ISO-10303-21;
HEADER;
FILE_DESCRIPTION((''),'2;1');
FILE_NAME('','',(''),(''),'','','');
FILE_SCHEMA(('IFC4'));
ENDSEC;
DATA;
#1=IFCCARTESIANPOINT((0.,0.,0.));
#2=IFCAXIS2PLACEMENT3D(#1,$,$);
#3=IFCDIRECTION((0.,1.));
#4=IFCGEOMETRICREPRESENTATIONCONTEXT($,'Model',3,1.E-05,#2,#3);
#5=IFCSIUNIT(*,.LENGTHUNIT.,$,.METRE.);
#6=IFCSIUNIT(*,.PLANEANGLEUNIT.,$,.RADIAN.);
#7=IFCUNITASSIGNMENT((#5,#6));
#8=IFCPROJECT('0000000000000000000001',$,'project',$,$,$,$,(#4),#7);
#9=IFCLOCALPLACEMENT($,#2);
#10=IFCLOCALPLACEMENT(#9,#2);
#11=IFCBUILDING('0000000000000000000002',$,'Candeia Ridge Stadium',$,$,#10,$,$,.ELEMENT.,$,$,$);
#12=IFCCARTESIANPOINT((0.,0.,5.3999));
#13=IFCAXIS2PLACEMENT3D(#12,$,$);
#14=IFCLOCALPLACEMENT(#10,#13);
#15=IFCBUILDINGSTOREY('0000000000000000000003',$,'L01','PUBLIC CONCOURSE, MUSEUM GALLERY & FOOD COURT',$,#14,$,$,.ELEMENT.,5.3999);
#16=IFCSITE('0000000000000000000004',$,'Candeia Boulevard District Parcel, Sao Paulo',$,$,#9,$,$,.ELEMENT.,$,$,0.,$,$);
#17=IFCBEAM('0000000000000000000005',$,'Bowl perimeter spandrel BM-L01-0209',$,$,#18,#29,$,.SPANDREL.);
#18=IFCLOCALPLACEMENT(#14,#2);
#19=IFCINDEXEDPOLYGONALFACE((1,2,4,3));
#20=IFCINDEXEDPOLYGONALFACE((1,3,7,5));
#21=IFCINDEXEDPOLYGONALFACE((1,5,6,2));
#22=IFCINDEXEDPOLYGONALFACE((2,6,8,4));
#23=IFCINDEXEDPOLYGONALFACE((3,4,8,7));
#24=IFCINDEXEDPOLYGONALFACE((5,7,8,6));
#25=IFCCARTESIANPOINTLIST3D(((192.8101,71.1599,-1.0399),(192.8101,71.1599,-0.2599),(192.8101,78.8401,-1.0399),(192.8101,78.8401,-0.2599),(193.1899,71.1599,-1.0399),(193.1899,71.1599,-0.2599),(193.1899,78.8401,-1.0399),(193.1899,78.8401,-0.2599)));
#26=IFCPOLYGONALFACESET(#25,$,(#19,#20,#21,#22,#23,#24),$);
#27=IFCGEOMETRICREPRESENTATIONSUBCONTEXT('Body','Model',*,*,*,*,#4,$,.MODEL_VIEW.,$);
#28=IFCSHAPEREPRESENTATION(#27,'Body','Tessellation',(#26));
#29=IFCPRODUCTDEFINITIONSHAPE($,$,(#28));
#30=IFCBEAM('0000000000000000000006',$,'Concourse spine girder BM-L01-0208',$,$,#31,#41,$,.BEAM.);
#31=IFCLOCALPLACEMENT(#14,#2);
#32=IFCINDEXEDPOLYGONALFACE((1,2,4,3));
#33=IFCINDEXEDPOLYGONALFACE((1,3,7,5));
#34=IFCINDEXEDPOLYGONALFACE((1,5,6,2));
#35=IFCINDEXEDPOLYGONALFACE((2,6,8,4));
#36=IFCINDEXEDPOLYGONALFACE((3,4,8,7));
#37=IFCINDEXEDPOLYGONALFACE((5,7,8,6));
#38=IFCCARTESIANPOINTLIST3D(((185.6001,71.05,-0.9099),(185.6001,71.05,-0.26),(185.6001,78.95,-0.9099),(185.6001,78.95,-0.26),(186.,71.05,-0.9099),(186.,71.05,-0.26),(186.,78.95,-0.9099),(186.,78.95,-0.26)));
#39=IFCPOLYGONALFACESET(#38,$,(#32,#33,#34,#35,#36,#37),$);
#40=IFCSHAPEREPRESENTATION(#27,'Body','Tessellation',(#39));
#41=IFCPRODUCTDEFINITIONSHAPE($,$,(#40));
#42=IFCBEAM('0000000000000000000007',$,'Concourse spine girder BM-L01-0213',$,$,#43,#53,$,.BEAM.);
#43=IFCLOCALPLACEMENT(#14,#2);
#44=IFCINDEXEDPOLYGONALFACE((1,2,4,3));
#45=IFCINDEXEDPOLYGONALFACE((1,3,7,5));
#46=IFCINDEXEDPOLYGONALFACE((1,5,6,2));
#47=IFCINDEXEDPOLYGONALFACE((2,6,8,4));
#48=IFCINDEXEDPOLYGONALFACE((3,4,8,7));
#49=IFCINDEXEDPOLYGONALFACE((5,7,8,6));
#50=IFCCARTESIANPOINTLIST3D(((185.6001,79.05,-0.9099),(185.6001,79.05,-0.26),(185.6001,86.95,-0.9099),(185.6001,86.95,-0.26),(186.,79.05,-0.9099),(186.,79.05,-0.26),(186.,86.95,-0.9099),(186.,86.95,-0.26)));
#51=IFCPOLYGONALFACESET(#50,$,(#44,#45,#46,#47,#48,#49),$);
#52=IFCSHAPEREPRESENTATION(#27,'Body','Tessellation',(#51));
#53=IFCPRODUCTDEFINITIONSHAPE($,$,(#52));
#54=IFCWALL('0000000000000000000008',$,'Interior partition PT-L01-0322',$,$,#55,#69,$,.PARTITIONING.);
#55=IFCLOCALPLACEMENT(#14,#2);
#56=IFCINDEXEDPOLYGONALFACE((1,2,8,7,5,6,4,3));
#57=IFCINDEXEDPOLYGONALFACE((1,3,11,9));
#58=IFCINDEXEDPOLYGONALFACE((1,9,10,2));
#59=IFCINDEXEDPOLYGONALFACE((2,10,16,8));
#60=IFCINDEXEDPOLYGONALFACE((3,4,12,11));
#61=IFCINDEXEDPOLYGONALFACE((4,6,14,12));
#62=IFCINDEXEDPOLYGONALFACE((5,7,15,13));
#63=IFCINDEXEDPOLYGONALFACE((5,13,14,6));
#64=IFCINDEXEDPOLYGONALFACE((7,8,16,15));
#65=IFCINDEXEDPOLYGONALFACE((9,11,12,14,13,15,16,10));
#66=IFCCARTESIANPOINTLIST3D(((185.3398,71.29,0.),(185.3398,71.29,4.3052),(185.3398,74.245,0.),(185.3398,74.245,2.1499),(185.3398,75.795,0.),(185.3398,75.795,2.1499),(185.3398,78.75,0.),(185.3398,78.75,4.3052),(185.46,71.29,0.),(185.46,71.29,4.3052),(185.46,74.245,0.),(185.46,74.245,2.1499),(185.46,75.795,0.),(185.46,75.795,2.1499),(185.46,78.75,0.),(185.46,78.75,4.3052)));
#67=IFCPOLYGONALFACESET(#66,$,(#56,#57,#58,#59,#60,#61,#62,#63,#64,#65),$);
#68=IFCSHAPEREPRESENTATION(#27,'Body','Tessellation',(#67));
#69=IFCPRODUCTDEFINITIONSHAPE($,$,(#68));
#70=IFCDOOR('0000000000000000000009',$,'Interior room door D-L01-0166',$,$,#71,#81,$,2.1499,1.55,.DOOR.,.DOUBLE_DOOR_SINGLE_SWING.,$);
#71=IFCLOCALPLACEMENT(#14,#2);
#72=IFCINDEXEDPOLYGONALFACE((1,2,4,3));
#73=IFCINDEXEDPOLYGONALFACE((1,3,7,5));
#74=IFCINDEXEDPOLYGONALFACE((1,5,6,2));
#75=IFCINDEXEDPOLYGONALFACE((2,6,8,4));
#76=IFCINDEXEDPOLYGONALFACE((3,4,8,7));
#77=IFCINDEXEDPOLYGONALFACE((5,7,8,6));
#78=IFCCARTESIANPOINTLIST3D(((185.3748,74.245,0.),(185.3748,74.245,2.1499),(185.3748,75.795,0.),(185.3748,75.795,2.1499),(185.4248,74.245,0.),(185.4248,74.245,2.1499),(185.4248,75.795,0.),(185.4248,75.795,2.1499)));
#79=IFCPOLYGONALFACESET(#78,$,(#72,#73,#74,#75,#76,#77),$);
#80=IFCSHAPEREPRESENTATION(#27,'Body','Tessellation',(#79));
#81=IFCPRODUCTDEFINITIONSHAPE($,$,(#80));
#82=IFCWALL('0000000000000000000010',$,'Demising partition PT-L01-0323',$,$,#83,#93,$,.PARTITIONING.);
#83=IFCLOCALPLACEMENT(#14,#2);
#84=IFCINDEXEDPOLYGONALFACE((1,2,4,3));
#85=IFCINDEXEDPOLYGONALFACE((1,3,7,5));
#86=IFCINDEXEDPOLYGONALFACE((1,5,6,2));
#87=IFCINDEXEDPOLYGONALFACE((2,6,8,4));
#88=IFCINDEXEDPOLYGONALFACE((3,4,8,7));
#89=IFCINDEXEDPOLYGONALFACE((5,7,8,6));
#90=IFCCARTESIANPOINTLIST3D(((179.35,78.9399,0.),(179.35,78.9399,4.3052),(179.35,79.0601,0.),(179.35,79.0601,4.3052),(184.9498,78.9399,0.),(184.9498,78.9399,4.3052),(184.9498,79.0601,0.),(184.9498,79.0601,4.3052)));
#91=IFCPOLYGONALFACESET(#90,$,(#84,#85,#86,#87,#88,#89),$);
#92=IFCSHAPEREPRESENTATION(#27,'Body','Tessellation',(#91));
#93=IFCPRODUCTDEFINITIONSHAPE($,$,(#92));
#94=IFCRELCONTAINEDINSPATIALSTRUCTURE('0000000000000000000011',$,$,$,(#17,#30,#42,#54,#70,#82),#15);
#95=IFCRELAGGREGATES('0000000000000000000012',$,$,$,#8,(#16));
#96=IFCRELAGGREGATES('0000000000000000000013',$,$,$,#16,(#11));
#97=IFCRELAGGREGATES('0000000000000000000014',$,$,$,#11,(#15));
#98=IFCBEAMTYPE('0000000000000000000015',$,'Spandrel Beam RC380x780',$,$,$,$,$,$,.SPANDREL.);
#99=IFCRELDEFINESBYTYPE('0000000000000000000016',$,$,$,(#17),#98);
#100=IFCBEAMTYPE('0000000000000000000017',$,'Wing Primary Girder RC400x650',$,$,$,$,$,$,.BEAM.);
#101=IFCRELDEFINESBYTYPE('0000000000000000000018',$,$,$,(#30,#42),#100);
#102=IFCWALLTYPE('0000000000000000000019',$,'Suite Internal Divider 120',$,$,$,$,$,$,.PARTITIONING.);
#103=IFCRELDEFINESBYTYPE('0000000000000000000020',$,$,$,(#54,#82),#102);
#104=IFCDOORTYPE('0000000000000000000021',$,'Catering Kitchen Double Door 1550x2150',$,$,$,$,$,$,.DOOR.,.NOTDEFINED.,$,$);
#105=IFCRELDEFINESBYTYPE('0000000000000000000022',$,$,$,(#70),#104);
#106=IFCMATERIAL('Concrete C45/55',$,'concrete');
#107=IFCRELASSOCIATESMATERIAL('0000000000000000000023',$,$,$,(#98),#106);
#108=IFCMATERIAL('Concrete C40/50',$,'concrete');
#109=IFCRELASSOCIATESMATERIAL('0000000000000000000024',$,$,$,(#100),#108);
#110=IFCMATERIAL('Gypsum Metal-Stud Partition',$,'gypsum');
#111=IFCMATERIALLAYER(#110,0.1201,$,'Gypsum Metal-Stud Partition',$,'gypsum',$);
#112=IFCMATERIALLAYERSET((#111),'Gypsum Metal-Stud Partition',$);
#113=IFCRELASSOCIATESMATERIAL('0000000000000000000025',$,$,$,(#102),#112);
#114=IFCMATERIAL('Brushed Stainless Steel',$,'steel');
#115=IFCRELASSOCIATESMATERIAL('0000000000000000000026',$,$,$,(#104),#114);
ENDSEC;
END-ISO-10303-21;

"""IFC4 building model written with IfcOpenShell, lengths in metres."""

from ifc_helpers import new_model, si_unit, direction, frame, frame_2d, origin, origin_2d, place, context, subcontext, project, spatial, rectangle, extrude, material, layer, layer_set, material_profile, profile_set, type_object, element, fill, save


model = new_model("IFC4")

# Units and contexts
model_context = context("Model", 3, precision=1e-05, world=origin(), true_north=direction((0.0, 1.0)))
body_context = subcontext(model_context, "Body", "Model", "MODEL_VIEW")
ifc_project = project(units=[si_unit("LENGTHUNIT", "METRE"), si_unit("PLANEANGLEUNIT", "RADIAN")], contexts=[model_context])

# Site, building, storey
site_placement = place(None, origin())
site = spatial("IfcSite", under=ifc_project, at=site_placement, Name="Candeia Boulevard District Parcel, Sao Paulo", CompositionType="ELEMENT", RefElevation=0.0)
building_placement = place(site_placement, origin())
building = spatial("IfcBuilding", under=site, at=building_placement, Name="Candeia Ridge Stadium", CompositionType="ELEMENT")
storey_placement = place(building_placement, frame((0.0, 0.0, 5.3999)))
storey = spatial("IfcBuildingStorey", under=building, at=storey_placement, Name="L01", Description="PUBLIC CONCOURSE, MUSEUM GALLERY & FOOD COURT", CompositionType="ELEMENT", Elevation=5.3999)

# Shared definitions
ifc_material_1 = material(Name="Concrete C45/55", Category="concrete")
ifc_material_2 = material(Name="Concrete C40/50", Category="concrete")

# Beams
ifc_material_profile_1 = material_profile(ifc_material_1, rectangle(XDim=0.3799, YDim=0.78, at=origin_2d()), Name="RC380x780", Category="concrete")
ifc_profile_set_1 = profile_set([ifc_material_profile_1], Name="Concrete C45/55")
beam_type_1 = type_object("IfcBeamType", Name="Spandrel Beam RC380x780", PredefinedType="SPANDREL", material=ifc_profile_set_1)
beam_1_placement = place(storey_placement, frame((193.0, 71.1599, -0.6499), z_axis=(0.0, 1.0, 0.0), x_axis=(-1.0, 0.0, 0.0)))
element("IfcBeam", 1, at=beam_1_placement, inside=storey, type_object=beam_type_1, Name="Bowl perimeter spandrel BM-L01-0209", PredefinedType="SPANDREL", context=body_context, shape_type="SweptSolid", body=[
    extrude(rectangle(XDim=0.3799, YDim=0.78, at=origin_2d()), origin(), (0.0, 0.0, 1.0), 7.6802),
])
ifc_material_profile_2 = material_profile(ifc_material_2, rectangle(XDim=0.3999, YDim=0.6499, at=origin_2d()), Name="RC400x650", Category="concrete")
ifc_profile_set_2 = profile_set([ifc_material_profile_2], Name="Concrete C40/50")
beam_type_2 = type_object("IfcBeamType", Name="Wing Primary Girder RC400x650", PredefinedType="BEAM", material=ifc_profile_set_2)
for number, where, z_axis, x_axis, name in (
    (2, (185.8, 71.05, -0.585), (0.0, 1.0, 0.0), (-1.0, 0.0, 0.0), "Concourse spine girder BM-L01-0208"),
    (3, (185.8, 79.05, -0.585), (0.0, 1.0, 0.0), (-1.0, 0.0, 0.0), "Concourse spine girder BM-L01-0213"),
):
    element("IfcBeam", number, at=place(storey_placement, frame(where, z_axis=z_axis, x_axis=x_axis)), inside=storey, type_object=beam_type_2, Name=name, PredefinedType="BEAM", context=body_context, shape_type="SweptSolid", body=[
        extrude(rectangle(XDim=0.3999, YDim=0.6499, at=origin_2d()), origin(), (0.0, 0.0, 1.0), 7.8999),
    ])

# Wall, opening, door
ifc_material_3 = material(Name="Gypsum Metal-Stud Partition", Category="gypsum")
ifc_layer = layer(ifc_material_3, 0.1201, Name="Gypsum Metal-Stud Partition", Category="gypsum")
ifc_layer_set = layer_set([ifc_layer], Name="Gypsum Metal-Stud Partition")
wall_type = type_object("IfcWallType", Name="Suite Internal Divider 120", PredefinedType="PARTITIONING", material=ifc_layer_set)
wall_1_placement = place(storey_placement, frame((185.3999, 78.75, 0.0), z_axis=(0.0, 0.0, 1.0), x_axis=(0.0, -1.0, 0.0)))
wall_1 = element("IfcWall", 4, at=wall_1_placement, inside=storey, type_object=wall_type, Name="Interior partition PT-L01-0322", PredefinedType="PARTITIONING", context=body_context, shape_type="SweptSolid", body=[
    extrude(rectangle(XDim=7.46, YDim=0.1201, at=frame_2d((3.73, 0.0))), origin(), (0.0, 0.0, 1.0), 4.3052),
])
opening_placement = place(wall_1_placement, frame((2.9551, 0.0, 0.0)))
opening = element("IfcOpeningElement", 5, at=opening_placement, cuts=wall_1, PredefinedType="OPENING", context=body_context, shape_type="SweptSolid", body=[
    extrude(rectangle(XDim=1.55, YDim=2.1499, at=frame_2d((0.7749, 1.075))), frame((0.0, 0.0701, 0.0), z_axis=(0.0, -1.0, 0.0), x_axis=(1.0, 0.0, 0.0)), (0.0, 0.0, 1.0), 0.1401),
])
ifc_material_4 = material(Name="Brushed Stainless Steel", Category="steel")
door_type = type_object("IfcDoorType", Name="Catering Kitchen Double Door 1550x2150", OperationType="NOTDEFINED", PredefinedType="DOOR", material=ifc_material_4)
door_placement = place(opening_placement, origin())
door = element("IfcDoor", 6, at=door_placement, inside=storey, type_object=door_type, Name="Interior room door D-L01-0166", OperationType="DOUBLE_DOOR_SINGLE_SWING", OverallHeight=2.1499, OverallWidth=1.55, PredefinedType="DOOR", context=body_context, shape_type="SweptSolid", body=[
    extrude(rectangle(XDim=1.55, YDim=2.1499, at=frame_2d((0.7749, 1.075))), frame((0.0, 0.0249, 0.0), z_axis=(0.0, -1.0, 0.0), x_axis=(1.0, 0.0, 0.0)), (0.0, 0.0, 1.0), 0.05),
])
fill(opening, door)

# Wall
wall_2_placement = place(storey_placement, frame((179.3501, 79.0, 0.0), z_axis=(0.0, 0.0, 1.0), x_axis=(1.0, 0.0, 0.0)))
element("IfcWall", 7, at=wall_2_placement, inside=storey, type_object=wall_type, Name="Demising partition PT-L01-0323", PredefinedType="PARTITIONING", context=body_context, shape_type="SweptSolid", body=[
    extrude(rectangle(XDim=5.5999, YDim=0.1201, at=frame_2d((2.7998, 0.0))), origin(), (0.0, 0.0, 1.0), 4.3052),
])

save(model, "model.ifc")
